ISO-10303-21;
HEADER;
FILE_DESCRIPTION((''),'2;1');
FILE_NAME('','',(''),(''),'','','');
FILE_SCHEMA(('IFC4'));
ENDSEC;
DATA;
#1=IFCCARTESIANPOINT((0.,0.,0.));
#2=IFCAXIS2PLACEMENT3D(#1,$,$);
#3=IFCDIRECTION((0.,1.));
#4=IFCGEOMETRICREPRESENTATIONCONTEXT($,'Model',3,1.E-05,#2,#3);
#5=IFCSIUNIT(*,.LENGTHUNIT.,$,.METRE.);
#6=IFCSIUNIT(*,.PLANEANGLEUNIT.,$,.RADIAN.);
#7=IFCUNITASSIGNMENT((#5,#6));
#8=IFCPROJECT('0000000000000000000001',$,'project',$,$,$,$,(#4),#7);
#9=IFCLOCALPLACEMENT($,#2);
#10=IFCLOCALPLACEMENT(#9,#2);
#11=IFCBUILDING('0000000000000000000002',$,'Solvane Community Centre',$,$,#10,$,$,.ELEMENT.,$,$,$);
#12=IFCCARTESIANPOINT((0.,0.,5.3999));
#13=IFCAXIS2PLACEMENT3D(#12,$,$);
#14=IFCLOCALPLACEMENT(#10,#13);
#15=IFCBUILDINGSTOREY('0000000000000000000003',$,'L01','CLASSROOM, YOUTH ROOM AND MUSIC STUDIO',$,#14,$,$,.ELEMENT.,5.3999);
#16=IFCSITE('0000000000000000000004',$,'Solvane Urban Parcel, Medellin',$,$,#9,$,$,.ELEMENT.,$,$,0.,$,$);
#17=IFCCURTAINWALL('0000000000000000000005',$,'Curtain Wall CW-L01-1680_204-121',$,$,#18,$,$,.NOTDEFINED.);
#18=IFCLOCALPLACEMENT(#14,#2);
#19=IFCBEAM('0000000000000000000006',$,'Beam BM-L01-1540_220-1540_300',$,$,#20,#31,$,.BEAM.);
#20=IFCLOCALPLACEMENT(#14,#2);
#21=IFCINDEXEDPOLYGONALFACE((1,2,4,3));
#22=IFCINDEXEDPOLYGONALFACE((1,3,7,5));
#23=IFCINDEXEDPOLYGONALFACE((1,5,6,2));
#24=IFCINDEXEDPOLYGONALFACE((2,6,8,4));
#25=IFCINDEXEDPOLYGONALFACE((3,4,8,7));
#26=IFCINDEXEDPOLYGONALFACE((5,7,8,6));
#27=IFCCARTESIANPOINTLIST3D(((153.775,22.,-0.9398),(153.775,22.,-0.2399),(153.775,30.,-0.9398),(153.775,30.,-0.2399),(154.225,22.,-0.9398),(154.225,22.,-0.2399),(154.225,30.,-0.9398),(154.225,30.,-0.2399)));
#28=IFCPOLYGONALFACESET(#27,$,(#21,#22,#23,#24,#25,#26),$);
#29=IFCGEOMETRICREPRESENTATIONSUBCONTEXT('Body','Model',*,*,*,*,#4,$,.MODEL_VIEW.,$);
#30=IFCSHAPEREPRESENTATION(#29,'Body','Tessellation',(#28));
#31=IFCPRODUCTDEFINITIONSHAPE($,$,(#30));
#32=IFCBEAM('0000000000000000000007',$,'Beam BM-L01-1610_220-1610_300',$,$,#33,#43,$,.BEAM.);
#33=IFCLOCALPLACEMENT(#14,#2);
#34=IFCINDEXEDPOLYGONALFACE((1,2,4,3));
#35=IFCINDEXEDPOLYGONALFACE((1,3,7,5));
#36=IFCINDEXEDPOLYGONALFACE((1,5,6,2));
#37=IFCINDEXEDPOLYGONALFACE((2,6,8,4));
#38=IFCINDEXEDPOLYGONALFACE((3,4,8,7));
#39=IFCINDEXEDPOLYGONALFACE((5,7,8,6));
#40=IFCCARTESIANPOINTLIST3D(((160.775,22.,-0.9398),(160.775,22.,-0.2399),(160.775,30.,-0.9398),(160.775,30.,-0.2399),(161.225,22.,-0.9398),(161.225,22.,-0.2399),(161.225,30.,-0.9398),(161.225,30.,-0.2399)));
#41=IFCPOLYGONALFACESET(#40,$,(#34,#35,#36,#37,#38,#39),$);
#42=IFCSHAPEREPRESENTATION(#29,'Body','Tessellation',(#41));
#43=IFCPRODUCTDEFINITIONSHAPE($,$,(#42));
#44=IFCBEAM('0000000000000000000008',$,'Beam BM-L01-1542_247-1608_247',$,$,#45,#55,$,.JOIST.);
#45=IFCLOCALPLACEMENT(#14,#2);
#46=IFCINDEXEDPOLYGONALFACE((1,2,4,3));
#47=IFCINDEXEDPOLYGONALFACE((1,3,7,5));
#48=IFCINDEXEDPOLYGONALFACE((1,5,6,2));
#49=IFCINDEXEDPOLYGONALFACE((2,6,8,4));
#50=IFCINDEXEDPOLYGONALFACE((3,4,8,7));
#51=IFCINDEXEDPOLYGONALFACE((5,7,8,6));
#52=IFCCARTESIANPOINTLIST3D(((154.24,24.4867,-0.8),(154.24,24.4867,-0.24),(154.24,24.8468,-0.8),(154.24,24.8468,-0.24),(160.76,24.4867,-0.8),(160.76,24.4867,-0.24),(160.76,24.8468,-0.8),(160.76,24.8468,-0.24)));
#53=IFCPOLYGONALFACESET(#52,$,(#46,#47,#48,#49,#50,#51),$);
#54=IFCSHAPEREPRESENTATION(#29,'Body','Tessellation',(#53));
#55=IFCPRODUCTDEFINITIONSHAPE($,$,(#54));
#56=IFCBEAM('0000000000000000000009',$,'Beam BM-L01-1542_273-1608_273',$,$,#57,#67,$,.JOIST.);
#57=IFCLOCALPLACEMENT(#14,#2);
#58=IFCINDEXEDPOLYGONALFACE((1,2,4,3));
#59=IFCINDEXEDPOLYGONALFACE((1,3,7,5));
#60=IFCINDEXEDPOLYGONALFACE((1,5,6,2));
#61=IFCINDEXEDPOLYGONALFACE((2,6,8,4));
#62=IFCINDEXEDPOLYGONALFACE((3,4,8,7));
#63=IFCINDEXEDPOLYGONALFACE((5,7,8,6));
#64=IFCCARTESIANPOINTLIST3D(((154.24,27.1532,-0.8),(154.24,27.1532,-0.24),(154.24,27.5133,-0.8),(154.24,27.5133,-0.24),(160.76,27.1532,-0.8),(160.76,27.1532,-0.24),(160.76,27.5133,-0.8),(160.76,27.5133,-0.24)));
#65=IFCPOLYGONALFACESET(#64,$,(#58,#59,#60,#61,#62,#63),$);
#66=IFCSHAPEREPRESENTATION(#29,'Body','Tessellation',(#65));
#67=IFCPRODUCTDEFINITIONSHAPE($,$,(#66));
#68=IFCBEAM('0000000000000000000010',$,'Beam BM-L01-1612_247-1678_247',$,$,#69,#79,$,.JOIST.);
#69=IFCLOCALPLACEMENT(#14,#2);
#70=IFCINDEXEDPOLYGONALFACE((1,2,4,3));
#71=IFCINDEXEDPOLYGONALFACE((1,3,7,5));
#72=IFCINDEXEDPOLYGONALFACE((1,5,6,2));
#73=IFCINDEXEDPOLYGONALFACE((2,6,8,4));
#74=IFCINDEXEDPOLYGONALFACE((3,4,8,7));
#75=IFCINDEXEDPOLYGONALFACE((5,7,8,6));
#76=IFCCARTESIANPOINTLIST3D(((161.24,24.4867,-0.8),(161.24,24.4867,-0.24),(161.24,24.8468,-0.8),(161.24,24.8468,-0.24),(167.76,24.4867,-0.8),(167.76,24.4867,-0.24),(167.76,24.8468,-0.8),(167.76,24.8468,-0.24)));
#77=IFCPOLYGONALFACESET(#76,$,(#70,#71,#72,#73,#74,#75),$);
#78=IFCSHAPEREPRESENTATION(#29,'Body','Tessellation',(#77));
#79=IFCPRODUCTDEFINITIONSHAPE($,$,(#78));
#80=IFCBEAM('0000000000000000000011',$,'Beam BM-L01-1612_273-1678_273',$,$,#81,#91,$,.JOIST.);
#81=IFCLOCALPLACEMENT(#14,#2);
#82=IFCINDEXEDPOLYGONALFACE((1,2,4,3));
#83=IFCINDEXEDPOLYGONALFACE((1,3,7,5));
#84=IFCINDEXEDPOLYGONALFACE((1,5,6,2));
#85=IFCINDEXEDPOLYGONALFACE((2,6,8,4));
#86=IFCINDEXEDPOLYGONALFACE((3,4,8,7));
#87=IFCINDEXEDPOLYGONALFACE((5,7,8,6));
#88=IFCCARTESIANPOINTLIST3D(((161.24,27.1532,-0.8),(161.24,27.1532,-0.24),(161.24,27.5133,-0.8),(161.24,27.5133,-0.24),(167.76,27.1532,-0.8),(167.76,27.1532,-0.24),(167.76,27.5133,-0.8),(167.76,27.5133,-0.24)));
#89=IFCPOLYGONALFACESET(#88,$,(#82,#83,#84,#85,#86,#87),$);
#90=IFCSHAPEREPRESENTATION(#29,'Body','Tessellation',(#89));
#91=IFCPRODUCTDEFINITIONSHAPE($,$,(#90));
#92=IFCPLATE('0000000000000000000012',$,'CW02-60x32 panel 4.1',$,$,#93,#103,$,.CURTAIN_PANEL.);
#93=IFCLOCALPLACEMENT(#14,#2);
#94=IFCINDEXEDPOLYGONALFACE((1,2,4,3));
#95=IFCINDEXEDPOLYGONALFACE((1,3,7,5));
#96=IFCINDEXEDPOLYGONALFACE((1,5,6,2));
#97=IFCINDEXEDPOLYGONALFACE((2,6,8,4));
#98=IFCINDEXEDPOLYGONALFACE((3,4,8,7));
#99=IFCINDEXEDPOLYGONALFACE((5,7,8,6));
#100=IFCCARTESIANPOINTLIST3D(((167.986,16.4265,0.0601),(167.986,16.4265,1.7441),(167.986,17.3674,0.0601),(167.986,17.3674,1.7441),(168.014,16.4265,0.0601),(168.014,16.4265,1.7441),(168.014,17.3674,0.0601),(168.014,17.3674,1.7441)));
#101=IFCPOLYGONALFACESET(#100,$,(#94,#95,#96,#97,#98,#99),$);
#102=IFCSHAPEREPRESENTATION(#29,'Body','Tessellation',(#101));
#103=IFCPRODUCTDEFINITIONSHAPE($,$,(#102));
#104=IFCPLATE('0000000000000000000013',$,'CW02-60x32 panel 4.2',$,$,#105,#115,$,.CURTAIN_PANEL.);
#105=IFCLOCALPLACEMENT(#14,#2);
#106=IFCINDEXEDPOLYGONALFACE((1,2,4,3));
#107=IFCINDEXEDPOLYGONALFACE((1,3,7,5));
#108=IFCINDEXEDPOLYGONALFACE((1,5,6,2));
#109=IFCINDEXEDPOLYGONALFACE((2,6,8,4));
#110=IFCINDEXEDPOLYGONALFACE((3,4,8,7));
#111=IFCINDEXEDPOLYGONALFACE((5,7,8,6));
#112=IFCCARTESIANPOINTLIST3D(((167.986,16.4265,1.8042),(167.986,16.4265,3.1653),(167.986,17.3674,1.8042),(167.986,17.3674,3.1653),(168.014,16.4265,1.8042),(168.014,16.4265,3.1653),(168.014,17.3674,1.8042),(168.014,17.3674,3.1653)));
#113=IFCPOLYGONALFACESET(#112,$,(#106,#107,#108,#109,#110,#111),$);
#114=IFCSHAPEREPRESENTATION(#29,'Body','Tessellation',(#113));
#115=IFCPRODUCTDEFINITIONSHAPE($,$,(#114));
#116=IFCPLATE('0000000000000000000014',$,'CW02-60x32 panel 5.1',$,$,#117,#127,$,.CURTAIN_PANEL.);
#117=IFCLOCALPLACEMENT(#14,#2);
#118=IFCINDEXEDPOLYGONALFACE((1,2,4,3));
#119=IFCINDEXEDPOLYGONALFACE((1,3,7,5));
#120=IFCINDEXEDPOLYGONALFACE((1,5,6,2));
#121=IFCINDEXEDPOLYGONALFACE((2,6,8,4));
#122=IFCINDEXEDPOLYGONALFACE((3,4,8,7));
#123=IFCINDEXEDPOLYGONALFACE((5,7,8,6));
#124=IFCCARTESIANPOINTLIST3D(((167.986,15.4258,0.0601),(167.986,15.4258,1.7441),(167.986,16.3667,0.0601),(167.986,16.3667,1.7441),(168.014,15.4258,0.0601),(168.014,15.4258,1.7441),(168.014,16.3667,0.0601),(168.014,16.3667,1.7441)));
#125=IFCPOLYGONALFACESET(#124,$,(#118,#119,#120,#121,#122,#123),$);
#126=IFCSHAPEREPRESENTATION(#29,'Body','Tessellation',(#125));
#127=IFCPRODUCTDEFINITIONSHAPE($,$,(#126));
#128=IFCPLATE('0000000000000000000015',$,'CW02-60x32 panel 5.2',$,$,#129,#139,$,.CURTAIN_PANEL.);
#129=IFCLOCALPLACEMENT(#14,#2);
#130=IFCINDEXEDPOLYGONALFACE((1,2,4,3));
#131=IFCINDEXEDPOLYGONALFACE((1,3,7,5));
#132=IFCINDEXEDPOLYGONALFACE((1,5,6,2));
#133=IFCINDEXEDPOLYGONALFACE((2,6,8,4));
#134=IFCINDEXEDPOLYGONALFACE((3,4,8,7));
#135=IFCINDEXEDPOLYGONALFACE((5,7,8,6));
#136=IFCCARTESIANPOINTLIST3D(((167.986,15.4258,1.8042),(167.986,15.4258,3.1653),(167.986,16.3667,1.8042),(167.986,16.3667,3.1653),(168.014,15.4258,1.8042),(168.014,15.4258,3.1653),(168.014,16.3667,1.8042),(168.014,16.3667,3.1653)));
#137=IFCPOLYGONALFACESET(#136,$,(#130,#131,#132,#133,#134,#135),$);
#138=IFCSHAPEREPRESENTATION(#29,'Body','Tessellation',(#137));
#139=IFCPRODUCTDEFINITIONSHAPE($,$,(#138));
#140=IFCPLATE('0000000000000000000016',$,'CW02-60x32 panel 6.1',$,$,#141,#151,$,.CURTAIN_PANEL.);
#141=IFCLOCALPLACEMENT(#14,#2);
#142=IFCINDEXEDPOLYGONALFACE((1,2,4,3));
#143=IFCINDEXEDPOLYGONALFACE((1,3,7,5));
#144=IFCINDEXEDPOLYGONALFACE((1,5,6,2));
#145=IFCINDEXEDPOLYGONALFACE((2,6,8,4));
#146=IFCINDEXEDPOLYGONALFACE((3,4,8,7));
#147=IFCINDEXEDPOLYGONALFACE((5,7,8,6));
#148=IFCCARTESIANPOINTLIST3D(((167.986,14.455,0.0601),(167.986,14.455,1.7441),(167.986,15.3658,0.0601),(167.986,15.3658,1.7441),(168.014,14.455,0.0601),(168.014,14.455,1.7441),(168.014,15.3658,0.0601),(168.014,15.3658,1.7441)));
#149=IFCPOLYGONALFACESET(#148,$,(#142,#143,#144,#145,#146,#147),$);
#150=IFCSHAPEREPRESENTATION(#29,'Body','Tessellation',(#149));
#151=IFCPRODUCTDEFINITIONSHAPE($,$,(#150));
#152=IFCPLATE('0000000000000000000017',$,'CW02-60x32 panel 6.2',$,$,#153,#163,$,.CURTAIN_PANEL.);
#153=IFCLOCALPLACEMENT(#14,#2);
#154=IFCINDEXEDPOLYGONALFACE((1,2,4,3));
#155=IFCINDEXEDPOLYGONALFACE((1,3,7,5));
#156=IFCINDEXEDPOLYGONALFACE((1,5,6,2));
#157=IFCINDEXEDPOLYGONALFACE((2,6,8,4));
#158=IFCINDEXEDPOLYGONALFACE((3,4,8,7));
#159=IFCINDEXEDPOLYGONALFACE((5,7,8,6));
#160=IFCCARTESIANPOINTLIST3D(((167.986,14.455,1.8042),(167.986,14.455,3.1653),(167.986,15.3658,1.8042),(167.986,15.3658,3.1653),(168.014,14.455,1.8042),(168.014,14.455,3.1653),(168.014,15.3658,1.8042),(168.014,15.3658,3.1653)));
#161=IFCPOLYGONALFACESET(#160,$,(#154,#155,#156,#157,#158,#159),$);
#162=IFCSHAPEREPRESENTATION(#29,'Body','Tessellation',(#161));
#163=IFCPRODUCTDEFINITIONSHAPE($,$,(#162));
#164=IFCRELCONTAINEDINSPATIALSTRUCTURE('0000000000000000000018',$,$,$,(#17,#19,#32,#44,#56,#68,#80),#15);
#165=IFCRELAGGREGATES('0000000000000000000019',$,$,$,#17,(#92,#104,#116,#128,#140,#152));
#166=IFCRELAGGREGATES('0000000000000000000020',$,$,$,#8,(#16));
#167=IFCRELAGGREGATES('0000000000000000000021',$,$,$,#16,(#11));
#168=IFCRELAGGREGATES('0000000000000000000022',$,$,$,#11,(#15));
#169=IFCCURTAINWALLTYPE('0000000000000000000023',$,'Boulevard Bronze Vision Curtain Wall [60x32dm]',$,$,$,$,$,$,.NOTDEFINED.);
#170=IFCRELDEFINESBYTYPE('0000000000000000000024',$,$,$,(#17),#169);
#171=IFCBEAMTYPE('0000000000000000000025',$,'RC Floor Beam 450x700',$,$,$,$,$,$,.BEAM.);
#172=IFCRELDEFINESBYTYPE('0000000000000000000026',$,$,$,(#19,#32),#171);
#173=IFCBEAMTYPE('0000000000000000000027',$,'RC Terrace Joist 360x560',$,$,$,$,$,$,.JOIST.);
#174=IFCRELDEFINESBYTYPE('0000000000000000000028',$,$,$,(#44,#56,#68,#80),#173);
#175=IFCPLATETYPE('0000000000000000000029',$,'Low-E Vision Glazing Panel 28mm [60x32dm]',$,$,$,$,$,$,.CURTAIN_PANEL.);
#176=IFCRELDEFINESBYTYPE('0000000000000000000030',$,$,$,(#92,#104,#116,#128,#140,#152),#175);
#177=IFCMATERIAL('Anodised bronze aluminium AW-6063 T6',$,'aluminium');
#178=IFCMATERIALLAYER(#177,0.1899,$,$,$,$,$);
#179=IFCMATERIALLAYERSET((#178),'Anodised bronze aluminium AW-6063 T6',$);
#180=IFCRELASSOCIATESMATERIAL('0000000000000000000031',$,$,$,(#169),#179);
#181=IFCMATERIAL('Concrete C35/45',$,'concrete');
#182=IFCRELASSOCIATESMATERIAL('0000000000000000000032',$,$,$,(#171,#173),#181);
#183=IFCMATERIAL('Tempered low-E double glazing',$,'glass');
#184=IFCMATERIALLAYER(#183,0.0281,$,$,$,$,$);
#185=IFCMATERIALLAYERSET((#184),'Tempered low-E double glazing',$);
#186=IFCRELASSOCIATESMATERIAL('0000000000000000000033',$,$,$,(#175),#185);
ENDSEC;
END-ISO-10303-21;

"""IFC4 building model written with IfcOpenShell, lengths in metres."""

from ifc_helpers import new_model, si_unit, direction, frame, origin, origin_2d, place, context, subcontext, project, spatial, rectangle, extrude, material, layer, layer_set, material_profile, profile_set, type_object, element, aggregate, save


model = new_model("IFC4")

# Units and contexts
model_context = context("Model", 3, precision=1e-05, world=origin(), true_north=direction((0.0, 1.0)))
body_context = subcontext(model_context, "Body", "Model", "MODEL_VIEW")
ifc_project = project(units=[si_unit("LENGTHUNIT", "METRE"), si_unit("PLANEANGLEUNIT", "RADIAN")], contexts=[model_context])

# Site, building, storey
site_placement = place(None, origin())
site = spatial("IfcSite", under=ifc_project, at=site_placement, Name="Solvane Urban Parcel, Medellin", CompositionType="ELEMENT", RefElevation=0.0)
building_placement = place(site_placement, origin())
building = spatial("IfcBuilding", under=site, at=building_placement, Name="Solvane Community Centre", CompositionType="ELEMENT")
storey_placement = place(building_placement, frame((0.0, 0.0, 5.3999)))
storey = spatial("IfcBuildingStorey", under=building, at=storey_placement, Name="L01", Description="CLASSROOM, YOUTH ROOM AND MUSIC STUDIO", CompositionType="ELEMENT", Elevation=5.3999)

# Shared definitions
ifc_material_1 = material(Name="Concrete C35/45", Category="concrete")

# Curtain wall
ifc_material_2 = material(Name="Anodised bronze aluminium AW-6063 T6", Category="aluminium")
ifc_layer_1 = layer(ifc_material_2, 0.1899)
ifc_layer_set_1 = layer_set([ifc_layer_1], Name="Anodised bronze aluminium AW-6063 T6")
curtain_wall_type = type_object("IfcCurtainWallType", Name="Boulevard Bronze Vision Curtain Wall [60x32dm]", PredefinedType="NOTDEFINED", material=ifc_layer_set_1)
curtain_wall_placement = place(storey_placement, origin())
curtain_wall = element("IfcCurtainWall", 1, at=curtain_wall_placement, inside=storey, type_object=curtain_wall_type, Name="Curtain Wall CW-L01-1680_204-121", PredefinedType="NOTDEFINED")

# Beams
ifc_material_profile_1 = material_profile(ifc_material_1, rectangle(XDim=0.45, YDim=0.7, at=origin_2d()), Name="RC 450x700")
ifc_profile_set_1 = profile_set([ifc_material_profile_1], Name="Concrete C35/45")
beam_type_1 = type_object("IfcBeamType", Name="RC Floor Beam 450x700", PredefinedType="BEAM", material=ifc_profile_set_1)
for number, where, z_axis, x_axis, name in (
    (2, (154.0, 22.0, -0.5898), (0.0, 1.0, 0.0), (-1.0, 0.0, 0.0), "Beam BM-L01-1540_220-1540_300"),
    (3, (161.0, 22.0, -0.5898), (0.0, 1.0, 0.0), (-1.0, 0.0, 0.0), "Beam BM-L01-1610_220-1610_300"),
):
    element("IfcBeam", number, at=place(storey_placement, frame(where, z_axis=z_axis, x_axis=x_axis)), inside=storey, type_object=beam_type_1, Name=name, PredefinedType="BEAM", context=body_context, shape_type="SweptSolid", body=[
        extrude(rectangle(XDim=0.45, YDim=0.7, at=origin_2d()), origin(), (0.0, 0.0, 1.0), 8.0),
    ])
ifc_material_profile_2 = material_profile(ifc_material_1, rectangle(XDim=0.3601, YDim=0.5601, at=origin_2d()), Name="RC 360x560")
ifc_profile_set_2 = profile_set([ifc_material_profile_2], Name="Concrete C35/45")
beam_type_2 = type_object("IfcBeamType", Name="RC Terrace Joist 360x560", PredefinedType="JOIST", material=ifc_profile_set_2)
for number, where, z_axis, x_axis, name in (
    (4, (154.24, 24.6667, -0.52), (1.0, 0.0, 0.0), (0.0, 1.0, 0.0), "Beam BM-L01-1542_247-1608_247"),
    (5, (154.24, 27.3333, -0.52), (1.0, 0.0, 0.0), (0.0, 1.0, 0.0), "Beam BM-L01-1542_273-1608_273"),
    (6, (161.24, 24.6667, -0.52), (1.0, 0.0, 0.0), (0.0, 1.0, 0.0), "Beam BM-L01-1612_247-1678_247"),
    (7, (161.24, 27.3333, -0.52), (1.0, 0.0, 0.0), (0.0, 1.0, 0.0), "Beam BM-L01-1612_273-1678_273"),
):
    element("IfcBeam", number, at=place(storey_placement, frame(where, z_axis=z_axis, x_axis=x_axis)), inside=storey, type_object=beam_type_2, Name=name, PredefinedType="JOIST", context=body_context, shape_type="SweptSolid", body=[
        extrude(rectangle(XDim=0.3601, YDim=0.5601, at=origin_2d()), origin(), (0.0, 0.0, 1.0), 6.52),
    ])

# Plates
ifc_material_3 = material(Name="Tempered low-E double glazing", Category="glass")
ifc_layer_2 = layer(ifc_material_3, 0.0281)
ifc_layer_set_2 = layer_set([ifc_layer_2], Name="Tempered low-E double glazing")
plate_type = type_object("IfcPlateType", Name="Low-E Vision Glazing Panel 28mm [60x32dm]", PredefinedType="CURTAIN_PANEL", material=ifc_layer_set_2)
plate_1_placement = place(storey_placement, frame((168.0, 16.897, 0.0601), z_axis=(0.0, 0.0, 1.0), x_axis=(0.0, -1.0, 0.0)))
plate_1 = element("IfcPlate", 8, at=plate_1_placement, type_object=plate_type, Name="CW02-60x32 panel 4.1", PredefinedType="CURTAIN_PANEL", context=body_context, shape_type="SweptSolid", body=[
    extrude(rectangle(XDim=0.9409, YDim=0.0281, at=origin_2d()), origin(), (0.0, 0.0, 1.0), 1.6841),
])
plate_2_placement = place(storey_placement, frame((168.0, 16.897, 1.8042), z_axis=(0.0, 0.0, 1.0), x_axis=(0.0, -1.0, 0.0)))
plate_2 = element("IfcPlate", 9, at=plate_2_placement, type_object=plate_type, Name="CW02-60x32 panel 4.2", PredefinedType="CURTAIN_PANEL", context=body_context, shape_type="SweptSolid", body=[
    extrude(rectangle(XDim=0.9409, YDim=0.0281, at=origin_2d()), origin(), (0.0, 0.0, 1.0), 1.3611),
])
plate_3_placement = place(storey_placement, frame((168.0, 15.8962, 0.0601), z_axis=(0.0, 0.0, 1.0), x_axis=(0.0, -1.0, 0.0)))
plate_3 = element("IfcPlate", 10, at=plate_3_placement, type_object=plate_type, Name="CW02-60x32 panel 5.1", PredefinedType="CURTAIN_PANEL", context=body_context, shape_type="SweptSolid", body=[
    extrude(rectangle(XDim=0.9409, YDim=0.0281, at=origin_2d()), origin(), (0.0, 0.0, 1.0), 1.6841),
])
plate_4_placement = place(storey_placement, frame((168.0, 15.8962, 1.8042), z_axis=(0.0, 0.0, 1.0), x_axis=(0.0, -1.0, 0.0)))
plate_4 = element("IfcPlate", 11, at=plate_4_placement, type_object=plate_type, Name="CW02-60x32 panel 5.2", PredefinedType="CURTAIN_PANEL", context=body_context, shape_type="SweptSolid", body=[
    extrude(rectangle(XDim=0.9409, YDim=0.0281, at=origin_2d()), origin(), (0.0, 0.0, 1.0), 1.3611),
])
plate_5_placement = place(storey_placement, frame((168.0, 14.9104, 0.0601), z_axis=(0.0, 0.0, 1.0), x_axis=(0.0, -1.0, 0.0)))
plate_5 = element("IfcPlate", 12, at=plate_5_placement, type_object=plate_type, Name="CW02-60x32 panel 6.1", PredefinedType="CURTAIN_PANEL", context=body_context, shape_type="SweptSolid", body=[
    extrude(rectangle(XDim=0.9109, YDim=0.0281, at=origin_2d()), origin(), (0.0, 0.0, 1.0), 1.6841),
])
plate_6_placement = place(storey_placement, frame((168.0, 14.9104, 1.8042), z_axis=(0.0, 0.0, 1.0), x_axis=(0.0, -1.0, 0.0)))
plate_6 = element("IfcPlate", 13, at=plate_6_placement, type_object=plate_type, Name="CW02-60x32 panel 6.2", PredefinedType="CURTAIN_PANEL", context=body_context, shape_type="SweptSolid", body=[
    extrude(rectangle(XDim=0.9109, YDim=0.0281, at=origin_2d()), origin(), (0.0, 0.0, 1.0), 1.3611),
])
aggregate(curtain_wall, [plate_1, plate_2, plate_3, plate_4, plate_5, plate_6])

save(model, "model.ifc")
